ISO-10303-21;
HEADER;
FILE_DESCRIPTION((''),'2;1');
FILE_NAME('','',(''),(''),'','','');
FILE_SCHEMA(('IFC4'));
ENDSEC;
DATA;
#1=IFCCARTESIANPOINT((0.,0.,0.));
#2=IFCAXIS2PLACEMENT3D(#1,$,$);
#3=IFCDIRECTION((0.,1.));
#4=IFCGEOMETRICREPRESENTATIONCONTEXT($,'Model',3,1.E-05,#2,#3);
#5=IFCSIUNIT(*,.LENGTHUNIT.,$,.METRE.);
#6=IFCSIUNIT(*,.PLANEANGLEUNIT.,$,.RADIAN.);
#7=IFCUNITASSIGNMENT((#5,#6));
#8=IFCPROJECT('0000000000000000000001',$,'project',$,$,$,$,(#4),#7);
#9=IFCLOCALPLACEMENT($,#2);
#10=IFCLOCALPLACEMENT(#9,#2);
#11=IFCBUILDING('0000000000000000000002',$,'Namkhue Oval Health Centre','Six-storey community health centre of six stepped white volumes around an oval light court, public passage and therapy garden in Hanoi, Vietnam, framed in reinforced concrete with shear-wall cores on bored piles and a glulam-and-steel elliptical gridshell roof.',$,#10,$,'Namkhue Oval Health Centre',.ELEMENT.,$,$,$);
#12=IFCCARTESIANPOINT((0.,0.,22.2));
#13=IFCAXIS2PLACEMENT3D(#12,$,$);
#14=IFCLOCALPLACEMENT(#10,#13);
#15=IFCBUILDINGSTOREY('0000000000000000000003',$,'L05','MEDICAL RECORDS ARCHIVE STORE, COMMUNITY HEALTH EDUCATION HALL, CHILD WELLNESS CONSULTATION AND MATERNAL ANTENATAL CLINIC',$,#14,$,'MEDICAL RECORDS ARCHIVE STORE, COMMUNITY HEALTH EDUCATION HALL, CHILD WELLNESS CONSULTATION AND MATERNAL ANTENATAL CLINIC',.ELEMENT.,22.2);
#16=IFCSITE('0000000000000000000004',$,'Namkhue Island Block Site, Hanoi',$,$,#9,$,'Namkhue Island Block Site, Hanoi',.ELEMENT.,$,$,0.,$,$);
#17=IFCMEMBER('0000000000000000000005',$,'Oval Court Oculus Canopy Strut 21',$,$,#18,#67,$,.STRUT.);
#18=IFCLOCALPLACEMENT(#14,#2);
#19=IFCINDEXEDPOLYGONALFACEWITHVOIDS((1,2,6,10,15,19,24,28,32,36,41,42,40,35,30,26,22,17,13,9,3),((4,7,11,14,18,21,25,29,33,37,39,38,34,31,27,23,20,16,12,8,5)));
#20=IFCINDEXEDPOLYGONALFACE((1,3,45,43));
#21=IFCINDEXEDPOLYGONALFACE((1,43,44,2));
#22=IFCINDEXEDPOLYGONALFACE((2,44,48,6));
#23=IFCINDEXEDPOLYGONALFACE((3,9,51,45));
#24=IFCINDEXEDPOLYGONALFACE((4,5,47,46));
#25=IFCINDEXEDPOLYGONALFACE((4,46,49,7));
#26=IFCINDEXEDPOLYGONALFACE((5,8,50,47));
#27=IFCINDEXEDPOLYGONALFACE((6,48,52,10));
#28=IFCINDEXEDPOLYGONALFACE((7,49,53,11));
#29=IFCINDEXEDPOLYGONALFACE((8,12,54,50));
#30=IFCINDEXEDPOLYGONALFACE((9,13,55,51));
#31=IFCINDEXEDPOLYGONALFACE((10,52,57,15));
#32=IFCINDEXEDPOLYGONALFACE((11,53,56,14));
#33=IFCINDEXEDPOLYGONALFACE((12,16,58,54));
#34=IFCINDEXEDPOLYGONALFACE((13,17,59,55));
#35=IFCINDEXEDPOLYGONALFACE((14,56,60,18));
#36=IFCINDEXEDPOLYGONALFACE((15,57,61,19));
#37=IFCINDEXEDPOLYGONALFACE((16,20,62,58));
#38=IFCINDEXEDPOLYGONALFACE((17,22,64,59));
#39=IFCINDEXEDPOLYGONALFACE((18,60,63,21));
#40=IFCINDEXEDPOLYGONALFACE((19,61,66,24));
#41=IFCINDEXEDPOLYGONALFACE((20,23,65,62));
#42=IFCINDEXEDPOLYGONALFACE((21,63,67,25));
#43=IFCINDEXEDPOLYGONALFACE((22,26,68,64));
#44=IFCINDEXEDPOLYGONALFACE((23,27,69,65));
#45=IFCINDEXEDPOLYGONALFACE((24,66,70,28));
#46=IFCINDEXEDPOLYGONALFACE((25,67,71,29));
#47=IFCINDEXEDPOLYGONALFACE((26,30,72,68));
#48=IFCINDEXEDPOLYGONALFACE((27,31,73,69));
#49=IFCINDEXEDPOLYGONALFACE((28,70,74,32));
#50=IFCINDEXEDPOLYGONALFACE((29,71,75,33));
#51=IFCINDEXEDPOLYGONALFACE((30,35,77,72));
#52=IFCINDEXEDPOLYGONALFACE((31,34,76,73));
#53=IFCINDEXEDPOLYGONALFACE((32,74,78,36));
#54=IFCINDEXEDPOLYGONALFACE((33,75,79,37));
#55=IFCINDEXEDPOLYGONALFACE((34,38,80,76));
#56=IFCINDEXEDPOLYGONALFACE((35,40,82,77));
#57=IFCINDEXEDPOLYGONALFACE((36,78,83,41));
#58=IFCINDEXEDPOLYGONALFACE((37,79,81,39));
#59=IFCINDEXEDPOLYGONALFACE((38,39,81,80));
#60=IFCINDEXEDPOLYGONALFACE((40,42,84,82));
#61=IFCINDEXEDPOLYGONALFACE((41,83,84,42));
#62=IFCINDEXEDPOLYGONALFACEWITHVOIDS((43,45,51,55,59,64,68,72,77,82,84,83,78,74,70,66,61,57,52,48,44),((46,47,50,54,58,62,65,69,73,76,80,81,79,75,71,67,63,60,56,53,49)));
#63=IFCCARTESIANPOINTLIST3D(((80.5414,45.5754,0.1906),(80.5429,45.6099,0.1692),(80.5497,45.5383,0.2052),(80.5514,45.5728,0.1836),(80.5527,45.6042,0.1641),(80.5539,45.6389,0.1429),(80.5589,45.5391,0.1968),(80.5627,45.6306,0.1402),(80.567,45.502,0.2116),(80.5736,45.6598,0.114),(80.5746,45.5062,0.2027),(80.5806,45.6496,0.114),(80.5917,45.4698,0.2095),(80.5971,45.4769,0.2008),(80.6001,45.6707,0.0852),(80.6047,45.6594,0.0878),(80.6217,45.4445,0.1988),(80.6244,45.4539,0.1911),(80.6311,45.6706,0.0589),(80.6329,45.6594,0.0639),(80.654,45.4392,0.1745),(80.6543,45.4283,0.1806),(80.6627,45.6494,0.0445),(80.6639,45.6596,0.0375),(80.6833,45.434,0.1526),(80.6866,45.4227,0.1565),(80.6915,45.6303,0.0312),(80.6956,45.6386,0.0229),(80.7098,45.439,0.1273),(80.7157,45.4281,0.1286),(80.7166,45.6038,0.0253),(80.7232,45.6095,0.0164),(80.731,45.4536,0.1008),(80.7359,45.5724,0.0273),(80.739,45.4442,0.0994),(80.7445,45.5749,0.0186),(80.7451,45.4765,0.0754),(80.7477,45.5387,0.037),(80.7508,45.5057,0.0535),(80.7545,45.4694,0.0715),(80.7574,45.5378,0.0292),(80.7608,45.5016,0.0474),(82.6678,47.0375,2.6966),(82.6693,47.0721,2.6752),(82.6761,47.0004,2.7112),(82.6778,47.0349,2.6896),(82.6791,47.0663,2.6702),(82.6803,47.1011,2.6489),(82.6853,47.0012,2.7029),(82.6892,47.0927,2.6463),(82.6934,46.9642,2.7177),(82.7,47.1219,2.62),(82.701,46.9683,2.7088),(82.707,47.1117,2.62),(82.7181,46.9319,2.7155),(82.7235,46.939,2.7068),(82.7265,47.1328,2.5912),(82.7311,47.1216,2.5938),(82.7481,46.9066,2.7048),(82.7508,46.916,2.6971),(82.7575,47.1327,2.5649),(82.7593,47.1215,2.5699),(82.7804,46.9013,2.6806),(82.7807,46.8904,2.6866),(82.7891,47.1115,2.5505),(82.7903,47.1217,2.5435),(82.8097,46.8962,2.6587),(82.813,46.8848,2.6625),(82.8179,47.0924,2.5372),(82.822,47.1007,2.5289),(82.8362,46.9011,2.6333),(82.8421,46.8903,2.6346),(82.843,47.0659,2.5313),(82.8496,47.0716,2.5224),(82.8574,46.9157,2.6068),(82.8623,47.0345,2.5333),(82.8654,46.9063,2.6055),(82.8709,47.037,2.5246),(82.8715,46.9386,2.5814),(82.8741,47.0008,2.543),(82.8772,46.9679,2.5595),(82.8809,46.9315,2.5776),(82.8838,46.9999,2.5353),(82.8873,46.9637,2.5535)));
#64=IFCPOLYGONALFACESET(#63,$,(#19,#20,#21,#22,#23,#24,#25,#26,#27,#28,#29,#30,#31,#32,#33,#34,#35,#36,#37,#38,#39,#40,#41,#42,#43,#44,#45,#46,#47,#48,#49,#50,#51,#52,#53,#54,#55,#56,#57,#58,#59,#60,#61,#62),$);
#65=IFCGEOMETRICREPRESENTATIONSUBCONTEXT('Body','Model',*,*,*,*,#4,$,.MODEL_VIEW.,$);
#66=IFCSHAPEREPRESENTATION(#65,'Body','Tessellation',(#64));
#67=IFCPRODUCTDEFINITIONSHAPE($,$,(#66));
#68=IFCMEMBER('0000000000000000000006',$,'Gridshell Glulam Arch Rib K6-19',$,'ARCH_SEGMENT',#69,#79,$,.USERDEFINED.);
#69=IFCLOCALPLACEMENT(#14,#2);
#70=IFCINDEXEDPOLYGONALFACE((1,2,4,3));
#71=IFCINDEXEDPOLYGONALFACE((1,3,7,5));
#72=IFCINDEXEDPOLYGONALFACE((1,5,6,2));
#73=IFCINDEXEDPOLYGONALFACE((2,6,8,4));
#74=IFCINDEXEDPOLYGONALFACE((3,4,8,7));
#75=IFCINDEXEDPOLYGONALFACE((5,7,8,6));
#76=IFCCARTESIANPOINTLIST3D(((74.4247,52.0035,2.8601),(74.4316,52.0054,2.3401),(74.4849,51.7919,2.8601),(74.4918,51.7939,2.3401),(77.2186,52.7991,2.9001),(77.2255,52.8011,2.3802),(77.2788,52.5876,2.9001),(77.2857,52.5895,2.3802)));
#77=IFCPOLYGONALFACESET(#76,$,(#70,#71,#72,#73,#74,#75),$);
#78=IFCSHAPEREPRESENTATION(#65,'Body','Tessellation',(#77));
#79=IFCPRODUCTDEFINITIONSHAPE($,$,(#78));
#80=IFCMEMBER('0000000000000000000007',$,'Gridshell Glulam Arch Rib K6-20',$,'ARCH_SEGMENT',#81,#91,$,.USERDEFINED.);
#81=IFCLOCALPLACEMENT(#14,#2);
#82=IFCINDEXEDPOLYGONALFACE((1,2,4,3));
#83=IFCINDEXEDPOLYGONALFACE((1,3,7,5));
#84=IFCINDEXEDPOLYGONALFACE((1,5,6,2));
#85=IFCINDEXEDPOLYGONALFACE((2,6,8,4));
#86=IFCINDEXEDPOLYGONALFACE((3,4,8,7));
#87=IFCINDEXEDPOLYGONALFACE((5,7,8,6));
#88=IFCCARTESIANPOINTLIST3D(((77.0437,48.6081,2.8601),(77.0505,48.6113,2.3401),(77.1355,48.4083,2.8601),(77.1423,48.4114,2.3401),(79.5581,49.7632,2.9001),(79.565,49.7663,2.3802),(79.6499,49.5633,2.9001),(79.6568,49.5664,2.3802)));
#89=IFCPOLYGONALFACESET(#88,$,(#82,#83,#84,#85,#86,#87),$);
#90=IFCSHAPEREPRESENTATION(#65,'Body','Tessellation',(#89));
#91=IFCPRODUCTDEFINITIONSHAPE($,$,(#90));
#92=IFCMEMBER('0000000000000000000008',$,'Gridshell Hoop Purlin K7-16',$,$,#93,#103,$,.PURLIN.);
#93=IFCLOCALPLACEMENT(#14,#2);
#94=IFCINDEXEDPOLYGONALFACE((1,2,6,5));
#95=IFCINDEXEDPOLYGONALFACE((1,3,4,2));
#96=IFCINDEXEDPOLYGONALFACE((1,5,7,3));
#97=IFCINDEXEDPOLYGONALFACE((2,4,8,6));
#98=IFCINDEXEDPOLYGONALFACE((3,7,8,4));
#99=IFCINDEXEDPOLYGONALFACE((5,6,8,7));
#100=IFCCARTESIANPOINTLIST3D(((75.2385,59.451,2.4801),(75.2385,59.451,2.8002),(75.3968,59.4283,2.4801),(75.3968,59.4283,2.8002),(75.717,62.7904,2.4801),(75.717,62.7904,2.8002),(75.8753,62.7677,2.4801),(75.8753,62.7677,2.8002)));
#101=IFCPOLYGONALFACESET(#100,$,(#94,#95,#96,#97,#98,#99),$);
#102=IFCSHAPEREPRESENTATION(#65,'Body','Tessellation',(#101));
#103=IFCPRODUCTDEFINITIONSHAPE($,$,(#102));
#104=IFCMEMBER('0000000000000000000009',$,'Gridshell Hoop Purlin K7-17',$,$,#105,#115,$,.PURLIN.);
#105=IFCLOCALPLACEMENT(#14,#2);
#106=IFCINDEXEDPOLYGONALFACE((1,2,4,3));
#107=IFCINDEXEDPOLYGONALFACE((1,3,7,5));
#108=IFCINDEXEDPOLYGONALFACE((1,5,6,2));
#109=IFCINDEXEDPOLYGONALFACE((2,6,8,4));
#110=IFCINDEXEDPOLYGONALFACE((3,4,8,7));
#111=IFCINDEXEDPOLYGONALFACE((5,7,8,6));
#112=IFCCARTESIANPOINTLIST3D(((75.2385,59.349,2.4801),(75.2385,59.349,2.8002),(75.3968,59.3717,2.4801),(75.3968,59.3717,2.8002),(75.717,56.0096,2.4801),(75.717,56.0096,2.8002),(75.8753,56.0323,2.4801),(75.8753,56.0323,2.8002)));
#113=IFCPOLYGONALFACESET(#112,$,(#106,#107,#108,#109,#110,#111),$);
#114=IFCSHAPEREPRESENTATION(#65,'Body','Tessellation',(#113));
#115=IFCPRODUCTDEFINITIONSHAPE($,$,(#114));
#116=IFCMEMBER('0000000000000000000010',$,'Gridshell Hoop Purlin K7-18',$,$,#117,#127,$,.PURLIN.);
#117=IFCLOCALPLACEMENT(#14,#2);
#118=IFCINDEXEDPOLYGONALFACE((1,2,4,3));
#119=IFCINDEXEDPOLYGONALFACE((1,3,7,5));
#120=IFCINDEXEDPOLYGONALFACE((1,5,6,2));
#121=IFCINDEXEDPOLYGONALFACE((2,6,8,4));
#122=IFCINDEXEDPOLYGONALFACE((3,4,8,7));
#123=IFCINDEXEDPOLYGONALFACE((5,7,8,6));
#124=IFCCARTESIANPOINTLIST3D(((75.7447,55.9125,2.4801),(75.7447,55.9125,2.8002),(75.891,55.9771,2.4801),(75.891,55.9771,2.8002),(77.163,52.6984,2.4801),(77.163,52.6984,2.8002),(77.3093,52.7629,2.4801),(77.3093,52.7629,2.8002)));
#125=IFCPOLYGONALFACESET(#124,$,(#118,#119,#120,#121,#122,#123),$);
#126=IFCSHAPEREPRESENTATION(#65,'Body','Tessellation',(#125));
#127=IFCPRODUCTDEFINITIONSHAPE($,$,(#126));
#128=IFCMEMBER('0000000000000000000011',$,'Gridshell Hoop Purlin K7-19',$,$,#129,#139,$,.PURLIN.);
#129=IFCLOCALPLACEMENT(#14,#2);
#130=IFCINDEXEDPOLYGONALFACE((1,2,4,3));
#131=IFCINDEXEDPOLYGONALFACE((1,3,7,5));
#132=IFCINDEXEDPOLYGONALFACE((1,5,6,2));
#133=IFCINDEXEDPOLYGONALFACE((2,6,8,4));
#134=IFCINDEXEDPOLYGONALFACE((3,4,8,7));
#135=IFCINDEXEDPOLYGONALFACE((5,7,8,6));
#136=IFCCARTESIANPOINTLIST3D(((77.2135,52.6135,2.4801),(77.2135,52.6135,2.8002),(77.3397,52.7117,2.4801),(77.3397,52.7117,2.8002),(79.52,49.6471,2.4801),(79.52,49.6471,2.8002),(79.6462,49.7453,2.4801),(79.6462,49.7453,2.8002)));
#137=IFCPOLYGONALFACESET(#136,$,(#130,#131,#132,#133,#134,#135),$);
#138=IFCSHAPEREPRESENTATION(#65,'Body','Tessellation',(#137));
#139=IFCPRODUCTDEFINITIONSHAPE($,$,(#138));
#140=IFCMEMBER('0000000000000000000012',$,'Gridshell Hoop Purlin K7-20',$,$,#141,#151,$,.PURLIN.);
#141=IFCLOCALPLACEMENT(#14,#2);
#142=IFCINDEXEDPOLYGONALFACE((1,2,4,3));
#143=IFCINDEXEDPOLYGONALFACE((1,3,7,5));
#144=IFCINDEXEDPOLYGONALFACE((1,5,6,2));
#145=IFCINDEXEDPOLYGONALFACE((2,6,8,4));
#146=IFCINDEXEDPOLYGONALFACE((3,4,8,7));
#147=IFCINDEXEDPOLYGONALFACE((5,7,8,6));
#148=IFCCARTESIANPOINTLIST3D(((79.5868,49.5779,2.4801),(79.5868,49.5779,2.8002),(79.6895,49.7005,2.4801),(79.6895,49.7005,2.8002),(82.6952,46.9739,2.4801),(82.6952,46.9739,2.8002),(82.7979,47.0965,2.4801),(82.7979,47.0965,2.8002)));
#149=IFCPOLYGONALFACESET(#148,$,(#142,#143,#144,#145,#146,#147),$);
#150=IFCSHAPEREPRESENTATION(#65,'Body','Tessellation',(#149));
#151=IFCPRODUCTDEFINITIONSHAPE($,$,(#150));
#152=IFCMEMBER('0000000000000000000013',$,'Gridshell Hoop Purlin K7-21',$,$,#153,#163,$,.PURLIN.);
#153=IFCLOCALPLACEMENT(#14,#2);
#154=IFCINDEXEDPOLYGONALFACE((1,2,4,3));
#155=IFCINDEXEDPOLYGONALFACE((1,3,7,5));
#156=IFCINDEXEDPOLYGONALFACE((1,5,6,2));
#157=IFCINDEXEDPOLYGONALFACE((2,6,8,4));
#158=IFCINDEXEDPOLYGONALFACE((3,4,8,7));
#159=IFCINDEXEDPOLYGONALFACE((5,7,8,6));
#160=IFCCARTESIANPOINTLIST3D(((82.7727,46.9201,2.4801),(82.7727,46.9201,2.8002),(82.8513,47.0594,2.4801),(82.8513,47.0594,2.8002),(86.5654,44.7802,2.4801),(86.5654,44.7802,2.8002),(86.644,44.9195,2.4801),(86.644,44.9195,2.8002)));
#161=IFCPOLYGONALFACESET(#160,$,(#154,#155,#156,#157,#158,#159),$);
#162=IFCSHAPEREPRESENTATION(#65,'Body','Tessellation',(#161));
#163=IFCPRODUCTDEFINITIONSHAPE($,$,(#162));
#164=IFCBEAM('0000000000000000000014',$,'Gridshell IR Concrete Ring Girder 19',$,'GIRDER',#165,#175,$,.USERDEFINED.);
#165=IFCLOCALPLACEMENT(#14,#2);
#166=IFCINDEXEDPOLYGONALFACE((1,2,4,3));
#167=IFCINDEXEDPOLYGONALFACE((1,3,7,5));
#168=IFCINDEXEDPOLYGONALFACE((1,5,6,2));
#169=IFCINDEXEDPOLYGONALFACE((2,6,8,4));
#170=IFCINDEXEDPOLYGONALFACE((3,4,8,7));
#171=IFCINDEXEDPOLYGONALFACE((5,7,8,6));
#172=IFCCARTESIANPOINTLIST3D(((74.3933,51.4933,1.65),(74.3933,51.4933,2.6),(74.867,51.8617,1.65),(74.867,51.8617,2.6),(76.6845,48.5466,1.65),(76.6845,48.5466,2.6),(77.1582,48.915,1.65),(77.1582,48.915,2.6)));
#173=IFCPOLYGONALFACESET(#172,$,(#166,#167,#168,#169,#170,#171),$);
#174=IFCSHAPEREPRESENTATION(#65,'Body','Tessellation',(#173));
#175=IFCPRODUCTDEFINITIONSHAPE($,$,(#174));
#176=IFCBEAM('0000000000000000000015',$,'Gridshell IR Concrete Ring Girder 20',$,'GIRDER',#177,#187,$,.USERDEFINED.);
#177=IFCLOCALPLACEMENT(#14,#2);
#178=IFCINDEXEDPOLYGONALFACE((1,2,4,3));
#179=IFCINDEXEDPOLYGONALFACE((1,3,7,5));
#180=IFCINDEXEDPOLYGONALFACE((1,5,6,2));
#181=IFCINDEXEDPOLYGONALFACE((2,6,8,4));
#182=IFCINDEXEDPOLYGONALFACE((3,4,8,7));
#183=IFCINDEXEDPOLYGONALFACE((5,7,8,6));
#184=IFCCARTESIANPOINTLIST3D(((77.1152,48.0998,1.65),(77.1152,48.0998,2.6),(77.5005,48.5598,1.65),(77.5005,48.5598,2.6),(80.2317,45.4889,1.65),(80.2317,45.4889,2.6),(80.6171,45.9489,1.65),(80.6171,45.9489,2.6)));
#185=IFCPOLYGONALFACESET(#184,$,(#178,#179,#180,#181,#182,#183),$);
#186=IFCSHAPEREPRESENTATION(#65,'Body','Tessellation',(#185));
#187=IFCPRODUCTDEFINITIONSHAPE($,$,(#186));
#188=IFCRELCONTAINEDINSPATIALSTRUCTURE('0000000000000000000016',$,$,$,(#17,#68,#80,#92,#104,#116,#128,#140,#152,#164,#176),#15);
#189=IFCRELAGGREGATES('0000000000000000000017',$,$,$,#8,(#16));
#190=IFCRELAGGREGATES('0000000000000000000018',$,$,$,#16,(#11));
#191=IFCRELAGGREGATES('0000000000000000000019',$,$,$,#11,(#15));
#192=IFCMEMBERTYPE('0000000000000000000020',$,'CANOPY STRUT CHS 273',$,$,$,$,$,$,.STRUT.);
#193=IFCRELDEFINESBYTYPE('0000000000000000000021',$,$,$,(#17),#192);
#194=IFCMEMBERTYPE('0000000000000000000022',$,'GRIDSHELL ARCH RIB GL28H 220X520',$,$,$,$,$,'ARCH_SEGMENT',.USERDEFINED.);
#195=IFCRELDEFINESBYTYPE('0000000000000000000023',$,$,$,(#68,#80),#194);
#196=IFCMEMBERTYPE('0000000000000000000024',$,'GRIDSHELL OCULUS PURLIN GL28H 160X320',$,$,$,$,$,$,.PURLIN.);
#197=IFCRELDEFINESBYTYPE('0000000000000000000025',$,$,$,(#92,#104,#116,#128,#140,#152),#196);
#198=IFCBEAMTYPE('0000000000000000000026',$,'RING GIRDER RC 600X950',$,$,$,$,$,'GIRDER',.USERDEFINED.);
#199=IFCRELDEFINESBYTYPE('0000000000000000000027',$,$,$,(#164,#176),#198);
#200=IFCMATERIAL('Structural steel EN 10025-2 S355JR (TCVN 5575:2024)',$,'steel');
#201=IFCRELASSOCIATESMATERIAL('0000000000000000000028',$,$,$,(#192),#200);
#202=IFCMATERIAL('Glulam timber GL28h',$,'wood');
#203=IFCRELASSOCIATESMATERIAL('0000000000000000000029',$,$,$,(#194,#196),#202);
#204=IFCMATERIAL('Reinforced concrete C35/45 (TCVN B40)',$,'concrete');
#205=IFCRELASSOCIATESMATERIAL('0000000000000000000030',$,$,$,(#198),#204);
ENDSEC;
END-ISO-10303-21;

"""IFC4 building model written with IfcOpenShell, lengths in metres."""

from ifc_helpers import new_model, si_unit, direction, frame, origin, origin_2d, place, context, subcontext, project, spatial, rectangle, hollow_circle, extrude, material, material_profile, profile_set, type_object, element, save


model = new_model("IFC4")

# Units and contexts
model_context = context("Model", 3, precision=1e-05, world=origin(), true_north=direction((0.0, 1.0)))
body_context = subcontext(model_context, "Body", "Model", "MODEL_VIEW")
ifc_project = project(units=[si_unit("LENGTHUNIT", "METRE"), si_unit("PLANEANGLEUNIT", "RADIAN")], contexts=[model_context])

# Site, building, storey
site_placement = place(None, origin())
site = spatial("IfcSite", under=ifc_project, at=site_placement, Name="Namkhue Island Block Site, Hanoi", LongName="Namkhue Island Block Site, Hanoi", CompositionType="ELEMENT", RefElevation=0.0)
building_placement = place(site_placement, origin())
building = spatial("IfcBuilding", under=site, at=building_placement, Name="Namkhue Oval Health Centre", Description="Six-storey community health centre of six stepped white volumes around an oval light court, public passage and therapy garden in Hanoi, Vietnam, framed in reinforced concrete with shear-wall cores on bored piles and a glulam-and-steel elliptical gridshell roof.", LongName="Namkhue Oval Health Centre", CompositionType="ELEMENT")
storey_placement = place(building_placement, frame((0.0, 0.0, 22.2)))
storey = spatial("IfcBuildingStorey", under=building, at=storey_placement, Name="L05", Description="MEDICAL RECORDS ARCHIVE STORE, COMMUNITY HEALTH EDUCATION HALL, CHILD WELLNESS CONSULTATION AND MATERNAL ANTENATAL CLINIC", LongName="MEDICAL RECORDS ARCHIVE STORE, COMMUNITY HEALTH EDUCATION HALL, CHILD WELLNESS CONSULTATION AND MATERNAL ANTENATAL CLINIC", CompositionType="ELEMENT", Elevation=22.2)

# Shared definitions
ifc_material_1 = material(Name="Reinforced concrete C35/45 (TCVN B40)", Category="concrete")

# Members
ifc_material_2 = material(Name="Structural steel EN 10025-2 S355JR (TCVN 5575:2024)", Category="steel")
ifc_material_profile_1 = material_profile(ifc_material_2, hollow_circle(Radius=0.1365, WallThickness=0.0125, at=origin_2d()), Name="CHS 273x12.5")
ifc_profile_set_1 = profile_set([ifc_material_profile_1], Name="Structural steel EN 10025-2 S355JR (TCVN 5575:2024)")
member_type_1 = type_object("IfcMemberType", Name="CANOPY STRUT CHS 273", PredefinedType="STRUT", material=ifc_profile_set_1)
member_1_placement = place(storey_placement, frame((80.6509, 45.5474, 0.114), z_axis=(0.591134, 0.406464, 0.696669), x_axis=(-0.566585, 0.824003, 0.0)))
element("IfcMember", 1, at=member_1_placement, inside=storey, type_object=member_type_1, Name="Oval Court Oculus Canopy Strut 21", PredefinedType="STRUT", context=body_context, shape_type="SweptSolid", body=[
    extrude(hollow_circle(Radius=0.1365, WallThickness=0.0125, at=origin_2d()), origin(), (0.0, 0.0, 1.0), 3.5972),
])
ifc_material_3 = material(Name="Glulam timber GL28h", Category="wood")
ifc_material_profile_2 = material_profile(ifc_material_3, rectangle(XDim=0.22, YDim=0.52, at=origin_2d()), Name="GL28h 220x520")
ifc_profile_set_2 = profile_set([ifc_material_profile_2], Name="Glulam timber GL28h")
member_type_2 = type_object("IfcMemberType", Name="GRIDSHELL ARCH RIB GL28H 220X520", ElementType="ARCH_SEGMENT", PredefinedType="USERDEFINED", material=ifc_profile_set_2)
member_2_placement = place(storey_placement, frame((74.4583, 51.8987, 2.6001), z_axis=(0.96167, 0.273863, 0.013781), x_axis=(-0.273889, 0.961761, 0.0)))
element("IfcMember", 2, at=member_2_placement, inside=storey, type_object=member_type_2, Name="Gridshell Glulam Arch Rib K6-19", ObjectType="ARCH_SEGMENT", PredefinedType="USERDEFINED", context=body_context, shape_type="SweptSolid", body=[
    extrude(rectangle(XDim=0.22, YDim=0.52, at=origin_2d()), origin(), (0.0, 0.0, 1.0), 2.9053),
])
member_3_placement = place(storey_placement, frame((77.093, 48.5098, 2.6001), z_axis=(0.908614, 0.417386, 0.014469), x_axis=(-0.417429, 0.908709, 0.0)))
element("IfcMember", 3, at=member_3_placement, inside=storey, type_object=member_type_2, Name="Gridshell Glulam Arch Rib K6-20", ObjectType="ARCH_SEGMENT", PredefinedType="USERDEFINED", context=body_context, shape_type="SweptSolid", body=[
    extrude(rectangle(XDim=0.22, YDim=0.52, at=origin_2d()), origin(), (0.0, 0.0, 1.0), 2.7673),
])
ifc_material_profile_3 = material_profile(ifc_material_3, rectangle(XDim=0.1599, YDim=0.3201, at=origin_2d()), Name="GL28h 160x320")
ifc_profile_set_3 = profile_set([ifc_material_profile_3], Name="Glulam timber GL28h")
member_type_3 = type_object("IfcMemberType", Name="GRIDSHELL OCULUS PURLIN GL28H 160X320", PredefinedType="PURLIN", material=ifc_profile_set_3)
for number, where, z_axis, x_axis, name in (
    (4, (75.7961, 62.7791, 2.6401), (-0.141847, -0.989889, 0.0), (0.989889, -0.141847, 0.0), "Gridshell Hoop Purlin K7-16"),
    (5, (75.3176, 59.3604, 2.6401), (0.141847, -0.989889, 0.0), (0.989889, 0.141847, 0.0), "Gridshell Hoop Purlin K7-17"),
):
    element("IfcMember", number, at=place(storey_placement, frame(where, z_axis=z_axis, x_axis=x_axis)), inside=storey, type_object=member_type_3, Name=name, PredefinedType="PURLIN", context=body_context, shape_type="SweptSolid", body=[
        extrude(rectangle(XDim=0.1599, YDim=0.3201, at=origin_2d()), origin(), (0.0, 0.0, 1.0), 3.3735),
    ])
member_4_placement = place(storey_placement, frame((75.8179, 55.9448, 2.6401), z_axis=(0.403693, -0.914894, 0.0), x_axis=(0.914894, 0.403693, 0.0)))
element("IfcMember", 6, at=member_4_placement, inside=storey, type_object=member_type_3, Name="Gridshell Hoop Purlin K7-18", PredefinedType="PURLIN", context=body_context, shape_type="SweptSolid", body=[
    extrude(rectangle(XDim=0.1599, YDim=0.3201, at=origin_2d()), origin(), (0.0, 0.0, 1.0), 3.5132),
])
member_5_placement = place(storey_placement, frame((77.2766, 52.6626, 2.6401), z_axis=(0.613819, -0.789447, 0.0), x_axis=(0.789447, 0.613819, 0.0)))
element("IfcMember", 7, at=member_5_placement, inside=storey, type_object=member_type_3, Name="Gridshell Hoop Purlin K7-19", PredefinedType="PURLIN", context=body_context, shape_type="SweptSolid", body=[
    extrude(rectangle(XDim=0.1599, YDim=0.3201, at=origin_2d()), origin(), (0.0, 0.0, 1.0), 3.7576),
])
member_6_placement = place(storey_placement, frame((79.6382, 49.6392, 2.6401), z_axis=(0.766561, -0.642172, 0.0), x_axis=(0.642172, 0.766561, 0.0)))
element("IfcMember", 8, at=member_6_placement, inside=storey, type_object=member_type_3, Name="Gridshell Hoop Purlin K7-20", PredefinedType="PURLIN", context=body_context, shape_type="SweptSolid", body=[
    extrude(rectangle(XDim=0.1599, YDim=0.3201, at=origin_2d()), origin(), (0.0, 0.0, 1.0), 4.0549),
])
member_7_placement = place(storey_placement, frame((82.812, 46.9897, 2.6401), z_axis=(0.870938, -0.491392, 0.0), x_axis=(0.491392, 0.870938, 0.0)))
element("IfcMember", 9, at=member_7_placement, inside=storey, type_object=member_type_3, Name="Gridshell Hoop Purlin K7-21", PredefinedType="PURLIN", context=body_context, shape_type="SweptSolid", body=[
    extrude(rectangle(XDim=0.1599, YDim=0.3201, at=origin_2d()), origin(), (0.0, 0.0, 1.0), 4.3547),
])

# Beams
ifc_material_profile_4 = material_profile(ifc_material_1, rectangle(XDim=0.6001, YDim=0.95, at=origin_2d()), Name="RC 600x950")
ifc_profile_set_4 = profile_set([ifc_material_profile_4], Name="Reinforced concrete C35/45 (TCVN B40)")
beam_type = type_object("IfcBeamType", Name="RING GIRDER RC 600X950", ElementType="GIRDER", PredefinedType="USERDEFINED", material=ifc_profile_set_4)
beam_1_placement = place(storey_placement, frame((74.6301, 51.6775, 2.125), z_axis=(0.613827, -0.78944, 0.0), x_axis=(0.78944, 0.613827, 0.0)))
element("IfcBeam", 10, at=beam_1_placement, inside=storey, type_object=beam_type, Name="Gridshell IR Concrete Ring Girder 19", ObjectType="GIRDER", PredefinedType="USERDEFINED", context=body_context, shape_type="SweptSolid", body=[
    extrude(rectangle(XDim=0.6001, YDim=0.95, at=origin_2d()), origin(), (0.0, 0.0, 1.0), 3.7327),
])
beam_2_placement = place(storey_placement, frame((77.3079, 48.3298, 2.125), z_axis=(0.76655, -0.642185, 0.0), x_axis=(0.642185, 0.76655, 0.0)))
element("IfcBeam", 11, at=beam_2_placement, inside=storey, type_object=beam_type, Name="Gridshell IR Concrete Ring Girder 20", ObjectType="GIRDER", PredefinedType="USERDEFINED", context=body_context, shape_type="SweptSolid", body=[
    extrude(rectangle(XDim=0.6001, YDim=0.95, at=origin_2d()), origin(), (0.0, 0.0, 1.0), 4.0657),
])

save(model, "model.ifc")
